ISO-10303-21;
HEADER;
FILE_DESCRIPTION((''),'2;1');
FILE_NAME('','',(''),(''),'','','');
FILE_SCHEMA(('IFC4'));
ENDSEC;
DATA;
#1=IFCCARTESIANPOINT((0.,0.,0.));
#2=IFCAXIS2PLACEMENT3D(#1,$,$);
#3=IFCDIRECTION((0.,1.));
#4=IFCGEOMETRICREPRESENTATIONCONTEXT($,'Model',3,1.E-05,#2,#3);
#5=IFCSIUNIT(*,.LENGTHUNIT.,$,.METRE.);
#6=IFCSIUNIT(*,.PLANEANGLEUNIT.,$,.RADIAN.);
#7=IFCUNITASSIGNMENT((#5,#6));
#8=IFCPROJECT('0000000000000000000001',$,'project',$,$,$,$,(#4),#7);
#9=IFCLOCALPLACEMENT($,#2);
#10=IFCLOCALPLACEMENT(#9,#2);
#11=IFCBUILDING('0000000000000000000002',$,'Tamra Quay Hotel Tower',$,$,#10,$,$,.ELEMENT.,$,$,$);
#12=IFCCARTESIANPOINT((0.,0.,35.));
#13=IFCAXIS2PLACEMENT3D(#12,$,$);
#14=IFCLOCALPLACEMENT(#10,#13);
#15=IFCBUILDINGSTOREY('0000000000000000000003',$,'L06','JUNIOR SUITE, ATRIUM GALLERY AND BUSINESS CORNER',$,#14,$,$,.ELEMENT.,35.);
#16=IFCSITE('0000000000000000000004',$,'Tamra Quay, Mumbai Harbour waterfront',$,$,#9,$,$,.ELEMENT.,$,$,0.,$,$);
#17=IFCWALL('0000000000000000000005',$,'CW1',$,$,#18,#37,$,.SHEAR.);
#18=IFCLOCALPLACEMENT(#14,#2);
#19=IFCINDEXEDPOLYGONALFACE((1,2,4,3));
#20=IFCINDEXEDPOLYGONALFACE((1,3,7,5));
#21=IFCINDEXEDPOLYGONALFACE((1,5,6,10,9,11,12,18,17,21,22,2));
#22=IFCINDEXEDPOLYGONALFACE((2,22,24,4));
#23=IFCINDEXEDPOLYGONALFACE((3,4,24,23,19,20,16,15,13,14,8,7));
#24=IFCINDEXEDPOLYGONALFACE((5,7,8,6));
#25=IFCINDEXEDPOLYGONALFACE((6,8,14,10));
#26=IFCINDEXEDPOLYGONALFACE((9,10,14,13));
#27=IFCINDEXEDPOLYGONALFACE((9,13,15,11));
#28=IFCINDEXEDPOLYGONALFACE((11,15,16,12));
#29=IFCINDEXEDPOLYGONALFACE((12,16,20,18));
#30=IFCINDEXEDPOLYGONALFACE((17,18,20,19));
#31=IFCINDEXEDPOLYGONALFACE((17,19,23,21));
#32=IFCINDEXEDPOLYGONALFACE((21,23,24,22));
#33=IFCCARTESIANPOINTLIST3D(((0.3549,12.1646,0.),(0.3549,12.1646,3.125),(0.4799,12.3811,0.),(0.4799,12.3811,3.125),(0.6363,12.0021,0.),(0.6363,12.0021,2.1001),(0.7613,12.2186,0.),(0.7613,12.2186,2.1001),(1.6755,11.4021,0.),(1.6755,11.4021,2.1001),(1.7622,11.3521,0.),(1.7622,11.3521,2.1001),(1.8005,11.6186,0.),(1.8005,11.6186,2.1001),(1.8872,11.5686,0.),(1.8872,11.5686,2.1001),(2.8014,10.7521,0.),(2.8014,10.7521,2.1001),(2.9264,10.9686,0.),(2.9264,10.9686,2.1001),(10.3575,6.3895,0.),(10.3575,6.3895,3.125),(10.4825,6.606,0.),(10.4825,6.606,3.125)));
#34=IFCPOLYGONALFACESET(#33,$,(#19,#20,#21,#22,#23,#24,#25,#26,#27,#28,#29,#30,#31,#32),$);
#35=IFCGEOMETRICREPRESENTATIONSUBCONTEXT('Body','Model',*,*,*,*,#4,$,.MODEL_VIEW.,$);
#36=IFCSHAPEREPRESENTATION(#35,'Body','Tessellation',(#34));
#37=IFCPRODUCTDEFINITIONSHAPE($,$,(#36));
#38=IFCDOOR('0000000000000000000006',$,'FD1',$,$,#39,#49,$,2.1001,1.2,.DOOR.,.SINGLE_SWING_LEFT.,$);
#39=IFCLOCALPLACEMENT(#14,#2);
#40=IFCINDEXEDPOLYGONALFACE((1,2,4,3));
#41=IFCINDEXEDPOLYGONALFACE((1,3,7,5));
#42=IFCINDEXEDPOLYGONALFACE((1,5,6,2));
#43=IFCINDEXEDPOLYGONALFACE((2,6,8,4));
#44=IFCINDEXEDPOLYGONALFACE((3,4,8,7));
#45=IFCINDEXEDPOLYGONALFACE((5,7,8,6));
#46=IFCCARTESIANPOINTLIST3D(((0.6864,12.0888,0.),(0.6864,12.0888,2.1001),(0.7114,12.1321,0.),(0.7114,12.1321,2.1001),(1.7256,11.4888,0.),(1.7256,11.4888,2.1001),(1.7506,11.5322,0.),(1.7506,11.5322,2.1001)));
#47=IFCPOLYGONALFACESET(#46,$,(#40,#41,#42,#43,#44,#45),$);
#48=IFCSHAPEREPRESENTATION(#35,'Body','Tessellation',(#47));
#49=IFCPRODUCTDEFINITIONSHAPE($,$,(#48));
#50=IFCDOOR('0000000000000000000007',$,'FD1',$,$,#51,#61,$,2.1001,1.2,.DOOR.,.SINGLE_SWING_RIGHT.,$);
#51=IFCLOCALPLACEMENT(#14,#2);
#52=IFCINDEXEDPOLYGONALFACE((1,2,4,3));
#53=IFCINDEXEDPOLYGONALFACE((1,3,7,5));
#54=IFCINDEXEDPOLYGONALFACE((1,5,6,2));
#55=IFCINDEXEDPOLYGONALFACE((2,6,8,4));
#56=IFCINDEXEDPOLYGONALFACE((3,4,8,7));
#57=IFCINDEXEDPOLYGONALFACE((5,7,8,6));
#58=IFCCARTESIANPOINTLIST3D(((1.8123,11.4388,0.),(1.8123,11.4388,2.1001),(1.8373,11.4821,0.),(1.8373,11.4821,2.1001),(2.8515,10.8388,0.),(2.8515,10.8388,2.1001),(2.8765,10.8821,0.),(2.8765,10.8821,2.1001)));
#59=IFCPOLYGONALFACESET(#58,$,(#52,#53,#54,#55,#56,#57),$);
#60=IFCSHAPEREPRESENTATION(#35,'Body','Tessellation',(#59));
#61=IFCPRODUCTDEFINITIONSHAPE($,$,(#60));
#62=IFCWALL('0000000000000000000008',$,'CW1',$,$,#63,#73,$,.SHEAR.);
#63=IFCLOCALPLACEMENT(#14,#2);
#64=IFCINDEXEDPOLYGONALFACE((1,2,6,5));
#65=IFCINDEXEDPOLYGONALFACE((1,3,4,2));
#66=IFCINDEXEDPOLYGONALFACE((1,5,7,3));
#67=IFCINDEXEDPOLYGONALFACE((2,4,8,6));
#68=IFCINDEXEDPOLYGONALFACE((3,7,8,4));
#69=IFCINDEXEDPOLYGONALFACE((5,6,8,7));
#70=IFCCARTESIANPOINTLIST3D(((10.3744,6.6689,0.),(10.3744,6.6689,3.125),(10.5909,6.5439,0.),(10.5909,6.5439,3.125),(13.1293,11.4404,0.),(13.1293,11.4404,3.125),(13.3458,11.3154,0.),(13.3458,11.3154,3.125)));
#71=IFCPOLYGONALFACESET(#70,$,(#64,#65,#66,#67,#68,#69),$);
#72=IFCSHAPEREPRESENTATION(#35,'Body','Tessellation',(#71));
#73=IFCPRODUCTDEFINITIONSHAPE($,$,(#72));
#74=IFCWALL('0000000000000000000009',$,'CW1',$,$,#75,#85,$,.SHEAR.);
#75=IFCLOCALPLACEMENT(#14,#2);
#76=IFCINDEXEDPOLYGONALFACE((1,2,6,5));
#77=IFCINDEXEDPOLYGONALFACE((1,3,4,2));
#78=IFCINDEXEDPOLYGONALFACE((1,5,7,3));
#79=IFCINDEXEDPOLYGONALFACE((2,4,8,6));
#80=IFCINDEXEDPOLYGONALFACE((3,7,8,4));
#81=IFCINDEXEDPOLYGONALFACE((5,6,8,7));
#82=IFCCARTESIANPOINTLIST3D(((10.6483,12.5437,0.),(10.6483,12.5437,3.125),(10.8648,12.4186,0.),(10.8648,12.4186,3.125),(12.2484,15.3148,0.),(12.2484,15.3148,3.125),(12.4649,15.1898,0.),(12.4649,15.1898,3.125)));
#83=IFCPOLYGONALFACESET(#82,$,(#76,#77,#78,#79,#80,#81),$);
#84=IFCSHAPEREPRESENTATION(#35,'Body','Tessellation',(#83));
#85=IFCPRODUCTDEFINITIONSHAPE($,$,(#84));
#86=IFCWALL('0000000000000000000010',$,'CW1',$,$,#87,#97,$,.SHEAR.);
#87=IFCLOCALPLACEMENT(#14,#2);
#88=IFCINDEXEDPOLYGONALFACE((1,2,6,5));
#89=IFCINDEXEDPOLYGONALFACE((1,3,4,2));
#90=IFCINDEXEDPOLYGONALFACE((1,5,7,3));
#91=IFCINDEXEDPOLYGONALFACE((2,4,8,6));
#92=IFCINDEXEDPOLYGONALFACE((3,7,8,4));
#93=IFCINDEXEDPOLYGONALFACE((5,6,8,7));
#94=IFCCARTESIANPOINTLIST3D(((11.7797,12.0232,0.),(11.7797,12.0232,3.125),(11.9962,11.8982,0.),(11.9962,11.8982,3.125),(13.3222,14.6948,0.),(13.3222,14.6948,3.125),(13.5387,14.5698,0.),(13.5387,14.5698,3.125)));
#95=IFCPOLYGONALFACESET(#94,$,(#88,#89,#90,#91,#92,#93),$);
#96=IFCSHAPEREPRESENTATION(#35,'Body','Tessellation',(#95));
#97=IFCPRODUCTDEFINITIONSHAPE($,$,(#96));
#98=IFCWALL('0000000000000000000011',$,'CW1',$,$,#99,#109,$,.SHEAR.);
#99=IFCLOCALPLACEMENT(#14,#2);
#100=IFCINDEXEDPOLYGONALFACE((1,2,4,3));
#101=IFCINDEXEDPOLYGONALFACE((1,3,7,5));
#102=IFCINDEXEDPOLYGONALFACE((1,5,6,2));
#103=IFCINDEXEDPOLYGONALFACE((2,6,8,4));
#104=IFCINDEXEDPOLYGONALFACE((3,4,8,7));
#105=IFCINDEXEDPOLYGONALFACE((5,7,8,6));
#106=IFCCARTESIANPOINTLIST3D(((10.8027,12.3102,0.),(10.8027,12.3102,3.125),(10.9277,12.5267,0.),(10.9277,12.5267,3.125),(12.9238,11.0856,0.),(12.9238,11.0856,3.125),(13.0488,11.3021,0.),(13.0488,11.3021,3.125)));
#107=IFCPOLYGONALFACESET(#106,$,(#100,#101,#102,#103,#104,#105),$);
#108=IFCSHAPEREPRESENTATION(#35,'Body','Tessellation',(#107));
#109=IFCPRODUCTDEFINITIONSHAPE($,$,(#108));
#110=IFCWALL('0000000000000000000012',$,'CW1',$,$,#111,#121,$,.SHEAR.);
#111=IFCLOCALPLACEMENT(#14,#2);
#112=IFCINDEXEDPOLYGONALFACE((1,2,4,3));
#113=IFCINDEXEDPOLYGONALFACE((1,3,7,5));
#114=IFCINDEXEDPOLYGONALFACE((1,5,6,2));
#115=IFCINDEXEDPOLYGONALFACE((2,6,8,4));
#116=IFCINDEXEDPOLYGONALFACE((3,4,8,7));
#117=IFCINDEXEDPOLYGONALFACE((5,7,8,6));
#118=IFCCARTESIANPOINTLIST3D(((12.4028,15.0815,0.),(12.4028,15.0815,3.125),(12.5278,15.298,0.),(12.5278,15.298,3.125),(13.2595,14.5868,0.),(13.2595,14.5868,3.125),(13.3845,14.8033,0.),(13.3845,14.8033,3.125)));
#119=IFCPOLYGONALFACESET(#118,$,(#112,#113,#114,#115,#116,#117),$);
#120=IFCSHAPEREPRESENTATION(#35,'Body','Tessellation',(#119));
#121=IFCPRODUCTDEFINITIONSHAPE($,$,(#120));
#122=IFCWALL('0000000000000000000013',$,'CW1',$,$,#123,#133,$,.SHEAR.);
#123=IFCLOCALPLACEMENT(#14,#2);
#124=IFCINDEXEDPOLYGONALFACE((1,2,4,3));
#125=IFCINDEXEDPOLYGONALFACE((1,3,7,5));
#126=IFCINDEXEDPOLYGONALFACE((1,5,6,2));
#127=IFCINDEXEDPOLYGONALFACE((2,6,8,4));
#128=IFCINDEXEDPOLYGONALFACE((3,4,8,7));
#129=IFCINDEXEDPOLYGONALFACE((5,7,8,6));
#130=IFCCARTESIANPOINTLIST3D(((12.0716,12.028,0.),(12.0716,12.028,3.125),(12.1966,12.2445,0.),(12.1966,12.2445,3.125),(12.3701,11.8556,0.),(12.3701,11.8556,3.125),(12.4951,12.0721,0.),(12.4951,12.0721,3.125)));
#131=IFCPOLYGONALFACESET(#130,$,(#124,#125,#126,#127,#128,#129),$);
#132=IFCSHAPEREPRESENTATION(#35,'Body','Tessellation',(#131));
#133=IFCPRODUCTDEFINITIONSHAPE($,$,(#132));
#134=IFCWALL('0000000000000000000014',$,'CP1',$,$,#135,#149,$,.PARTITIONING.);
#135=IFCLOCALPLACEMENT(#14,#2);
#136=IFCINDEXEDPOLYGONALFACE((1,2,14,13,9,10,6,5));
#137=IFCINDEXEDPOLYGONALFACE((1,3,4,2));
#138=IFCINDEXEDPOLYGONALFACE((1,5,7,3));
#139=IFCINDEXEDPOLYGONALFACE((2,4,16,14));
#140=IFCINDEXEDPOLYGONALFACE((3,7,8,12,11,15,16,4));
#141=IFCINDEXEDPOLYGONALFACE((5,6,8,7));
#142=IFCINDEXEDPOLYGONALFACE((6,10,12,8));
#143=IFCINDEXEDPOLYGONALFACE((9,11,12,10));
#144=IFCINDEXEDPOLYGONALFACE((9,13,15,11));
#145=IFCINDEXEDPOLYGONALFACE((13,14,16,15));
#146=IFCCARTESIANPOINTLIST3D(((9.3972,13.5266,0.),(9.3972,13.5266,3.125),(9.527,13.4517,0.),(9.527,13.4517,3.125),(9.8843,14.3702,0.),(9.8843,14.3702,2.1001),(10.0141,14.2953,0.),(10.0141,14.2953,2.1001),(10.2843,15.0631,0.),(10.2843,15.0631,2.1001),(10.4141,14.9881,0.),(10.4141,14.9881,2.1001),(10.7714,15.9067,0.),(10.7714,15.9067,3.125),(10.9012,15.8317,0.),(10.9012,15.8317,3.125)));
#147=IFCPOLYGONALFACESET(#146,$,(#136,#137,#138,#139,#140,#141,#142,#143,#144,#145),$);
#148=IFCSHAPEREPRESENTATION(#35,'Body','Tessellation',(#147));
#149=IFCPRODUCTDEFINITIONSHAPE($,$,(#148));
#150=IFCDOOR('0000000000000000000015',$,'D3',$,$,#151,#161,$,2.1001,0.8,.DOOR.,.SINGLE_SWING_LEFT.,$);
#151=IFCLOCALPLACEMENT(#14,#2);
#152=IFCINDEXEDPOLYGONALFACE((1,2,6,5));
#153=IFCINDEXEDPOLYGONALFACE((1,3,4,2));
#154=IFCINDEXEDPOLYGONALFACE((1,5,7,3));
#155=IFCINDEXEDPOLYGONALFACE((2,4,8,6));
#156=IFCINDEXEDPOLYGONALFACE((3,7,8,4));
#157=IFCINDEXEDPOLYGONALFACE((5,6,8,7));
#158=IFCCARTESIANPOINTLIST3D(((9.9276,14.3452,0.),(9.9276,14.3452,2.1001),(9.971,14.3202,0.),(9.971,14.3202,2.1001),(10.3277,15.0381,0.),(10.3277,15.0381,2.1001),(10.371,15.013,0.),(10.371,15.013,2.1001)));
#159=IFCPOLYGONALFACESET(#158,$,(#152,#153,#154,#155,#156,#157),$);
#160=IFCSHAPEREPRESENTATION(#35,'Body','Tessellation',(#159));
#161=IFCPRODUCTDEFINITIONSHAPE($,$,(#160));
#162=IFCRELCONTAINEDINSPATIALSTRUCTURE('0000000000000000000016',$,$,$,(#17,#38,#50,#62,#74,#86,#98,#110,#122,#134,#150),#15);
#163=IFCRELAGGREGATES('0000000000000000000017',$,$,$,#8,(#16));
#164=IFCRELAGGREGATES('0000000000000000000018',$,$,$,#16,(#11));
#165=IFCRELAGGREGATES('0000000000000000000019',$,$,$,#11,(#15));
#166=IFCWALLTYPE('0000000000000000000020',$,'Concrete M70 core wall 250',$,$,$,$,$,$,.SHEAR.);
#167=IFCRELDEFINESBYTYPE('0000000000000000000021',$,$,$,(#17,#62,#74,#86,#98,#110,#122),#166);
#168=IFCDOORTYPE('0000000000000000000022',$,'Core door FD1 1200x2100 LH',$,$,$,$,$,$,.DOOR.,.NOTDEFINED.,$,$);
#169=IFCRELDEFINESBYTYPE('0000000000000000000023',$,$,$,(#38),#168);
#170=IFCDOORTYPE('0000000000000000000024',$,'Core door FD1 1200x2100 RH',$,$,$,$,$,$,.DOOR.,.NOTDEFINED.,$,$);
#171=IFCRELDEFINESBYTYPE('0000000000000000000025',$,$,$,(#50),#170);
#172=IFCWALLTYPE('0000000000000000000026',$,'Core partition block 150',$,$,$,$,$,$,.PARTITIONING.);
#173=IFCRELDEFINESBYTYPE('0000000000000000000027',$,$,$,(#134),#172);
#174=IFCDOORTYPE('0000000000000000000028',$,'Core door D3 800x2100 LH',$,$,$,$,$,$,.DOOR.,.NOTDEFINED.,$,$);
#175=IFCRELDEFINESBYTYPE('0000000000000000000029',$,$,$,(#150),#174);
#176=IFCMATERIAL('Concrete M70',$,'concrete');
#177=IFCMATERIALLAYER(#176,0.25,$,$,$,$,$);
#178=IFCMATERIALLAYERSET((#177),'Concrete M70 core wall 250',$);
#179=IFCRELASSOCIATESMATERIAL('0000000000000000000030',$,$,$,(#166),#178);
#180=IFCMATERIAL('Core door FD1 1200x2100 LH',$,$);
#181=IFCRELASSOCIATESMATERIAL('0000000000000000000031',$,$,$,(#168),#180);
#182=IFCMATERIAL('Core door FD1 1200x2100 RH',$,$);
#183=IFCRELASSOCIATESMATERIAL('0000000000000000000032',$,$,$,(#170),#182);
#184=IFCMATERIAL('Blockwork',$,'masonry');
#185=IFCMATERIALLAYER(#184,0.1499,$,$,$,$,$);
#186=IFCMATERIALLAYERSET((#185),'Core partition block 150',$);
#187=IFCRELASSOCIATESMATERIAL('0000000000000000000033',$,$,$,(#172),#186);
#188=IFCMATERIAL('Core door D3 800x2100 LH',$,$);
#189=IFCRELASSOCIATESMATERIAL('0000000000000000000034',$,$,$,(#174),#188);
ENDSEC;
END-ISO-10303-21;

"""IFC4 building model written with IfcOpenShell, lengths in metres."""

from ifc_helpers import new_model, si_unit, direction, frame, frame_2d, origin, place, context, subcontext, project, spatial, rectangle, extrude, material, layer, layer_set, type_object, element, fill, save


model = new_model("IFC4")

# Units and contexts
model_context = context("Model", 3, precision=1e-05, world=origin(), true_north=direction((0.0, 1.0)))
body_context = subcontext(model_context, "Body", "Model", "MODEL_VIEW")
ifc_project = project(units=[si_unit("LENGTHUNIT", "METRE"), si_unit("PLANEANGLEUNIT", "RADIAN")], contexts=[model_context])

# Site, building, storey
site_placement = place(None, origin())
site = spatial("IfcSite", under=ifc_project, at=site_placement, Name="Tamra Quay, Mumbai Harbour waterfront", CompositionType="ELEMENT", RefElevation=0.0)
building_placement = place(site_placement, origin())
building = spatial("IfcBuilding", under=site, at=building_placement, Name="Tamra Quay Hotel Tower", CompositionType="ELEMENT")
storey_placement = place(building_placement, frame((0.0, 0.0, 35.0)))
storey = spatial("IfcBuildingStorey", under=building, at=storey_placement, Name="L06", Description="JUNIOR SUITE, ATRIUM GALLERY AND BUSINESS CORNER", CompositionType="ELEMENT", Elevation=35.0)

# Shared definitions
ifc_material_1 = material(Name="Concrete M70", Category="concrete")

# Wall, openings, doors
ifc_layer_1 = layer(ifc_material_1, 0.25)
ifc_layer_set_1 = layer_set([ifc_layer_1], Name="Concrete M70 core wall 250")
wall_type_1 = type_object("IfcWallType", Name="Concrete M70 core wall 250", PredefinedType="SHEAR", material=ifc_layer_set_1)
wall_1_placement = place(storey_placement, frame((10.4199, 6.4978, 0.0), z_axis=(0.0, 0.0, 1.0), x_axis=(-0.866022, 0.500006, 0.0)))
wall_1 = element("IfcWall", 1, at=wall_1_placement, inside=storey, type_object=wall_type_1, Name="CW1", PredefinedType="SHEAR", context=body_context, shape_type="SweptSolid", body=[
    extrude(rectangle(XDim=11.55, YDim=0.25, at=frame_2d((5.7749, 0.0))), origin(), (0.0, 0.0, 1.0), 3.125),
])
opening_1_placement = place(wall_1_placement, frame((10.0249, 0.0, 0.0)))
opening_1 = element("IfcOpeningElement", 2, at=opening_1_placement, cuts=wall_1, PredefinedType="OPENING", context=body_context, shape_type="SweptSolid", body=[
    extrude(rectangle(XDim=1.2, YDim=2.1001, at=frame_2d((0.6001, 1.05))), frame((0.0, 0.135, 0.0), z_axis=(0.0, -1.0, 0.0), x_axis=(1.0, 0.0, 0.0)), (0.0, 0.0, 1.0), 0.27),
])
opening_2_placement = place(wall_1_placement, frame((8.7249, 0.0, 0.0)))
opening_2 = element("IfcOpeningElement", 3, at=opening_2_placement, cuts=wall_1, PredefinedType="OPENING", context=body_context, shape_type="SweptSolid", body=[
    extrude(rectangle(XDim=1.2, YDim=2.1001, at=frame_2d((0.6001, 1.05))), frame((0.0, 0.135, 0.0), z_axis=(0.0, -1.0, 0.0), x_axis=(1.0, 0.0, 0.0)), (0.0, 0.0, 1.0), 0.27),
])
ifc_material_2 = material(Name="Core door FD1 1200x2100 LH")
door_type_1 = type_object("IfcDoorType", Name="Core door FD1 1200x2100 LH", OperationType="NOTDEFINED", PredefinedType="DOOR", material=ifc_material_2)
door_1_placement = place(opening_1_placement, origin())
door_1 = element("IfcDoor", 4, at=door_1_placement, inside=storey, type_object=door_type_1, Name="FD1", OperationType="SINGLE_SWING_LEFT", OverallHeight=2.1001, OverallWidth=1.2, PredefinedType="DOOR", context=body_context, shape_type="SweptSolid", body=[
    extrude(rectangle(XDim=1.2, YDim=2.1001, at=frame_2d((0.6001, 1.05))), frame((0.0, 0.0249, 0.0), z_axis=(0.0, -1.0, 0.0), x_axis=(1.0, 0.0, 0.0)), (0.0, 0.0, 1.0), 0.05),
])
fill(opening_1, door_1)
ifc_material_3 = material(Name="Core door FD1 1200x2100 RH")
door_type_2 = type_object("IfcDoorType", Name="Core door FD1 1200x2100 RH", OperationType="NOTDEFINED", PredefinedType="DOOR", material=ifc_material_3)
door_2_placement = place(opening_2_placement, origin())
door_2 = element("IfcDoor", 5, at=door_2_placement, inside=storey, type_object=door_type_2, Name="FD1", OperationType="SINGLE_SWING_RIGHT", OverallHeight=2.1001, OverallWidth=1.2, PredefinedType="DOOR", context=body_context, shape_type="SweptSolid", body=[
    extrude(rectangle(XDim=1.2, YDim=2.1001, at=frame_2d((0.6001, 1.05))), frame((0.0, 0.0249, 0.0), z_axis=(0.0, -1.0, 0.0), x_axis=(1.0, 0.0, 0.0)), (0.0, 0.0, 1.0), 0.05),
])
fill(opening_2, door_2)

# Walls
wall_2_placement = place(storey_placement, frame((13.2375, 11.3779, 0.0), z_axis=(0.0, 0.0, 1.0), x_axis=(-0.500009, -0.86602, 0.0)))
element("IfcWall", 6, at=wall_2_placement, inside=storey, type_object=wall_type_1, Name="CW1", PredefinedType="SHEAR", context=body_context, shape_type="SweptSolid", body=[
    extrude(rectangle(XDim=5.5098, YDim=0.25, at=frame_2d((2.7549, 0.0))), origin(), (0.0, 0.0, 1.0), 3.125),
])
wall_3_placement = place(storey_placement, frame((12.3567, 15.2524, 0.0), z_axis=(0.0, 0.0, 1.0), x_axis=(-0.500028, -0.866009, 0.0)))
element("IfcWall", 7, at=wall_3_placement, inside=storey, type_object=wall_type_1, Name="CW1", PredefinedType="SHEAR", context=body_context, shape_type="SweptSolid", body=[
    extrude(rectangle(XDim=3.2, YDim=0.25, at=frame_2d((1.6001, 0.0))), origin(), (0.0, 0.0, 1.0), 3.125),
])
wall_4_placement = place(storey_placement, frame((11.8879, 11.9607, 0.0), z_axis=(0.0, 0.0, 1.0), x_axis=(0.500003, 0.866023, 0.0)))
element("IfcWall", 8, at=wall_4_placement, inside=storey, type_object=wall_type_1, Name="CW1", PredefinedType="SHEAR", context=body_context, shape_type="SweptSolid", body=[
    extrude(rectangle(XDim=3.085, YDim=0.25, at=frame_2d((1.5425, 0.0))), origin(), (0.0, 0.0, 1.0), 3.125),
])
wall_5_placement = place(storey_placement, frame((10.8652, 12.4185, 0.0), z_axis=(0.0, 0.0, 1.0), x_axis=(0.866026, -0.499999, 0.0)))
element("IfcWall", 9, at=wall_5_placement, inside=storey, type_object=wall_type_1, Name="CW1", PredefinedType="SHEAR", context=body_context, shape_type="SweptSolid", body=[
    extrude(rectangle(XDim=2.4492, YDim=0.25, at=frame_2d((1.2246, 0.0))), origin(), (0.0, 0.0, 1.0), 3.125),
])
wall_6_placement = place(storey_placement, frame((13.322, 14.6951, 0.0), z_axis=(0.0, 0.0, 1.0), x_axis=(-0.866017, 0.500014, 0.0)))
element("IfcWall", 10, at=wall_6_placement, inside=storey, type_object=wall_type_1, Name="CW1", PredefinedType="SHEAR", context=body_context, shape_type="SweptSolid", body=[
    extrude(rectangle(XDim=0.9893, YDim=0.25, at=frame_2d((0.4946, 0.0))), origin(), (0.0, 0.0, 1.0), 3.125),
])
wall_7_placement = place(storey_placement, frame((12.4326, 11.9639, 0.0), z_axis=(0.0, 0.0, 1.0), x_axis=(-0.866056, 0.499947, 0.0)))
element("IfcWall", 11, at=wall_7_placement, inside=storey, type_object=wall_type_1, Name="CW1", PredefinedType="SHEAR", context=body_context, shape_type="SweptSolid", body=[
    extrude(rectangle(XDim=0.3447, YDim=0.25, at=frame_2d((0.1724, 0.0))), origin(), (0.0, 0.0, 1.0), 3.125),
])

# Wall, opening, door
ifc_material_4 = material(Name="Blockwork", Category="masonry")
ifc_layer_2 = layer(ifc_material_4, 0.1499)
ifc_layer_set_2 = layer_set([ifc_layer_2], Name="Core partition block 150")
wall_type_2 = type_object("IfcWallType", Name="Core partition block 150", PredefinedType="PARTITIONING", material=ifc_layer_set_2)
wall_8_placement = place(storey_placement, frame((9.4622, 13.4893, 0.0), z_axis=(0.0, 0.0, 1.0), x_axis=(0.500027, 0.86601, 0.0)))
wall_8 = element("IfcWall", 12, at=wall_8_placement, inside=storey, type_object=wall_type_2, Name="CP1", PredefinedType="PARTITIONING", context=body_context, shape_type="SweptSolid", body=[
    extrude(rectangle(XDim=2.7483, YDim=0.1499, at=frame_2d((1.374, 0.0))), origin(), (0.0, 0.0, 1.0), 3.125),
])
opening_3_placement = place(wall_8_placement, frame((0.9741, 0.0, 0.0)))
opening_3 = element("IfcOpeningElement", 13, at=opening_3_placement, cuts=wall_8, PredefinedType="OPENING", context=body_context, shape_type="SweptSolid", body=[
    extrude(rectangle(XDim=0.8, YDim=2.1001, at=frame_2d((0.3999, 1.05))), frame((0.0, 0.085, 0.0), z_axis=(0.0, -1.0, 0.0), x_axis=(1.0, 0.0, 0.0)), (0.0, 0.0, 1.0), 0.1699),
])
ifc_material_5 = material(Name="Core door D3 800x2100 LH")
door_type_3 = type_object("IfcDoorType", Name="Core door D3 800x2100 LH", OperationType="NOTDEFINED", PredefinedType="DOOR", material=ifc_material_5)
door_3_placement = place(opening_3_placement, origin())
door_3 = element("IfcDoor", 14, at=door_3_placement, inside=storey, type_object=door_type_3, Name="D3", OperationType="SINGLE_SWING_LEFT", OverallHeight=2.1001, OverallWidth=0.8, PredefinedType="DOOR", context=body_context, shape_type="SweptSolid", body=[
    extrude(rectangle(XDim=0.8, YDim=2.1001, at=frame_2d((0.3999, 1.05))), frame((0.0, 0.0249, 0.0), z_axis=(0.0, -1.0, 0.0), x_axis=(1.0, 0.0, 0.0)), (0.0, 0.0, 1.0), 0.05),
])
fill(opening_3, door_3)

save(model, "model.ifc")
